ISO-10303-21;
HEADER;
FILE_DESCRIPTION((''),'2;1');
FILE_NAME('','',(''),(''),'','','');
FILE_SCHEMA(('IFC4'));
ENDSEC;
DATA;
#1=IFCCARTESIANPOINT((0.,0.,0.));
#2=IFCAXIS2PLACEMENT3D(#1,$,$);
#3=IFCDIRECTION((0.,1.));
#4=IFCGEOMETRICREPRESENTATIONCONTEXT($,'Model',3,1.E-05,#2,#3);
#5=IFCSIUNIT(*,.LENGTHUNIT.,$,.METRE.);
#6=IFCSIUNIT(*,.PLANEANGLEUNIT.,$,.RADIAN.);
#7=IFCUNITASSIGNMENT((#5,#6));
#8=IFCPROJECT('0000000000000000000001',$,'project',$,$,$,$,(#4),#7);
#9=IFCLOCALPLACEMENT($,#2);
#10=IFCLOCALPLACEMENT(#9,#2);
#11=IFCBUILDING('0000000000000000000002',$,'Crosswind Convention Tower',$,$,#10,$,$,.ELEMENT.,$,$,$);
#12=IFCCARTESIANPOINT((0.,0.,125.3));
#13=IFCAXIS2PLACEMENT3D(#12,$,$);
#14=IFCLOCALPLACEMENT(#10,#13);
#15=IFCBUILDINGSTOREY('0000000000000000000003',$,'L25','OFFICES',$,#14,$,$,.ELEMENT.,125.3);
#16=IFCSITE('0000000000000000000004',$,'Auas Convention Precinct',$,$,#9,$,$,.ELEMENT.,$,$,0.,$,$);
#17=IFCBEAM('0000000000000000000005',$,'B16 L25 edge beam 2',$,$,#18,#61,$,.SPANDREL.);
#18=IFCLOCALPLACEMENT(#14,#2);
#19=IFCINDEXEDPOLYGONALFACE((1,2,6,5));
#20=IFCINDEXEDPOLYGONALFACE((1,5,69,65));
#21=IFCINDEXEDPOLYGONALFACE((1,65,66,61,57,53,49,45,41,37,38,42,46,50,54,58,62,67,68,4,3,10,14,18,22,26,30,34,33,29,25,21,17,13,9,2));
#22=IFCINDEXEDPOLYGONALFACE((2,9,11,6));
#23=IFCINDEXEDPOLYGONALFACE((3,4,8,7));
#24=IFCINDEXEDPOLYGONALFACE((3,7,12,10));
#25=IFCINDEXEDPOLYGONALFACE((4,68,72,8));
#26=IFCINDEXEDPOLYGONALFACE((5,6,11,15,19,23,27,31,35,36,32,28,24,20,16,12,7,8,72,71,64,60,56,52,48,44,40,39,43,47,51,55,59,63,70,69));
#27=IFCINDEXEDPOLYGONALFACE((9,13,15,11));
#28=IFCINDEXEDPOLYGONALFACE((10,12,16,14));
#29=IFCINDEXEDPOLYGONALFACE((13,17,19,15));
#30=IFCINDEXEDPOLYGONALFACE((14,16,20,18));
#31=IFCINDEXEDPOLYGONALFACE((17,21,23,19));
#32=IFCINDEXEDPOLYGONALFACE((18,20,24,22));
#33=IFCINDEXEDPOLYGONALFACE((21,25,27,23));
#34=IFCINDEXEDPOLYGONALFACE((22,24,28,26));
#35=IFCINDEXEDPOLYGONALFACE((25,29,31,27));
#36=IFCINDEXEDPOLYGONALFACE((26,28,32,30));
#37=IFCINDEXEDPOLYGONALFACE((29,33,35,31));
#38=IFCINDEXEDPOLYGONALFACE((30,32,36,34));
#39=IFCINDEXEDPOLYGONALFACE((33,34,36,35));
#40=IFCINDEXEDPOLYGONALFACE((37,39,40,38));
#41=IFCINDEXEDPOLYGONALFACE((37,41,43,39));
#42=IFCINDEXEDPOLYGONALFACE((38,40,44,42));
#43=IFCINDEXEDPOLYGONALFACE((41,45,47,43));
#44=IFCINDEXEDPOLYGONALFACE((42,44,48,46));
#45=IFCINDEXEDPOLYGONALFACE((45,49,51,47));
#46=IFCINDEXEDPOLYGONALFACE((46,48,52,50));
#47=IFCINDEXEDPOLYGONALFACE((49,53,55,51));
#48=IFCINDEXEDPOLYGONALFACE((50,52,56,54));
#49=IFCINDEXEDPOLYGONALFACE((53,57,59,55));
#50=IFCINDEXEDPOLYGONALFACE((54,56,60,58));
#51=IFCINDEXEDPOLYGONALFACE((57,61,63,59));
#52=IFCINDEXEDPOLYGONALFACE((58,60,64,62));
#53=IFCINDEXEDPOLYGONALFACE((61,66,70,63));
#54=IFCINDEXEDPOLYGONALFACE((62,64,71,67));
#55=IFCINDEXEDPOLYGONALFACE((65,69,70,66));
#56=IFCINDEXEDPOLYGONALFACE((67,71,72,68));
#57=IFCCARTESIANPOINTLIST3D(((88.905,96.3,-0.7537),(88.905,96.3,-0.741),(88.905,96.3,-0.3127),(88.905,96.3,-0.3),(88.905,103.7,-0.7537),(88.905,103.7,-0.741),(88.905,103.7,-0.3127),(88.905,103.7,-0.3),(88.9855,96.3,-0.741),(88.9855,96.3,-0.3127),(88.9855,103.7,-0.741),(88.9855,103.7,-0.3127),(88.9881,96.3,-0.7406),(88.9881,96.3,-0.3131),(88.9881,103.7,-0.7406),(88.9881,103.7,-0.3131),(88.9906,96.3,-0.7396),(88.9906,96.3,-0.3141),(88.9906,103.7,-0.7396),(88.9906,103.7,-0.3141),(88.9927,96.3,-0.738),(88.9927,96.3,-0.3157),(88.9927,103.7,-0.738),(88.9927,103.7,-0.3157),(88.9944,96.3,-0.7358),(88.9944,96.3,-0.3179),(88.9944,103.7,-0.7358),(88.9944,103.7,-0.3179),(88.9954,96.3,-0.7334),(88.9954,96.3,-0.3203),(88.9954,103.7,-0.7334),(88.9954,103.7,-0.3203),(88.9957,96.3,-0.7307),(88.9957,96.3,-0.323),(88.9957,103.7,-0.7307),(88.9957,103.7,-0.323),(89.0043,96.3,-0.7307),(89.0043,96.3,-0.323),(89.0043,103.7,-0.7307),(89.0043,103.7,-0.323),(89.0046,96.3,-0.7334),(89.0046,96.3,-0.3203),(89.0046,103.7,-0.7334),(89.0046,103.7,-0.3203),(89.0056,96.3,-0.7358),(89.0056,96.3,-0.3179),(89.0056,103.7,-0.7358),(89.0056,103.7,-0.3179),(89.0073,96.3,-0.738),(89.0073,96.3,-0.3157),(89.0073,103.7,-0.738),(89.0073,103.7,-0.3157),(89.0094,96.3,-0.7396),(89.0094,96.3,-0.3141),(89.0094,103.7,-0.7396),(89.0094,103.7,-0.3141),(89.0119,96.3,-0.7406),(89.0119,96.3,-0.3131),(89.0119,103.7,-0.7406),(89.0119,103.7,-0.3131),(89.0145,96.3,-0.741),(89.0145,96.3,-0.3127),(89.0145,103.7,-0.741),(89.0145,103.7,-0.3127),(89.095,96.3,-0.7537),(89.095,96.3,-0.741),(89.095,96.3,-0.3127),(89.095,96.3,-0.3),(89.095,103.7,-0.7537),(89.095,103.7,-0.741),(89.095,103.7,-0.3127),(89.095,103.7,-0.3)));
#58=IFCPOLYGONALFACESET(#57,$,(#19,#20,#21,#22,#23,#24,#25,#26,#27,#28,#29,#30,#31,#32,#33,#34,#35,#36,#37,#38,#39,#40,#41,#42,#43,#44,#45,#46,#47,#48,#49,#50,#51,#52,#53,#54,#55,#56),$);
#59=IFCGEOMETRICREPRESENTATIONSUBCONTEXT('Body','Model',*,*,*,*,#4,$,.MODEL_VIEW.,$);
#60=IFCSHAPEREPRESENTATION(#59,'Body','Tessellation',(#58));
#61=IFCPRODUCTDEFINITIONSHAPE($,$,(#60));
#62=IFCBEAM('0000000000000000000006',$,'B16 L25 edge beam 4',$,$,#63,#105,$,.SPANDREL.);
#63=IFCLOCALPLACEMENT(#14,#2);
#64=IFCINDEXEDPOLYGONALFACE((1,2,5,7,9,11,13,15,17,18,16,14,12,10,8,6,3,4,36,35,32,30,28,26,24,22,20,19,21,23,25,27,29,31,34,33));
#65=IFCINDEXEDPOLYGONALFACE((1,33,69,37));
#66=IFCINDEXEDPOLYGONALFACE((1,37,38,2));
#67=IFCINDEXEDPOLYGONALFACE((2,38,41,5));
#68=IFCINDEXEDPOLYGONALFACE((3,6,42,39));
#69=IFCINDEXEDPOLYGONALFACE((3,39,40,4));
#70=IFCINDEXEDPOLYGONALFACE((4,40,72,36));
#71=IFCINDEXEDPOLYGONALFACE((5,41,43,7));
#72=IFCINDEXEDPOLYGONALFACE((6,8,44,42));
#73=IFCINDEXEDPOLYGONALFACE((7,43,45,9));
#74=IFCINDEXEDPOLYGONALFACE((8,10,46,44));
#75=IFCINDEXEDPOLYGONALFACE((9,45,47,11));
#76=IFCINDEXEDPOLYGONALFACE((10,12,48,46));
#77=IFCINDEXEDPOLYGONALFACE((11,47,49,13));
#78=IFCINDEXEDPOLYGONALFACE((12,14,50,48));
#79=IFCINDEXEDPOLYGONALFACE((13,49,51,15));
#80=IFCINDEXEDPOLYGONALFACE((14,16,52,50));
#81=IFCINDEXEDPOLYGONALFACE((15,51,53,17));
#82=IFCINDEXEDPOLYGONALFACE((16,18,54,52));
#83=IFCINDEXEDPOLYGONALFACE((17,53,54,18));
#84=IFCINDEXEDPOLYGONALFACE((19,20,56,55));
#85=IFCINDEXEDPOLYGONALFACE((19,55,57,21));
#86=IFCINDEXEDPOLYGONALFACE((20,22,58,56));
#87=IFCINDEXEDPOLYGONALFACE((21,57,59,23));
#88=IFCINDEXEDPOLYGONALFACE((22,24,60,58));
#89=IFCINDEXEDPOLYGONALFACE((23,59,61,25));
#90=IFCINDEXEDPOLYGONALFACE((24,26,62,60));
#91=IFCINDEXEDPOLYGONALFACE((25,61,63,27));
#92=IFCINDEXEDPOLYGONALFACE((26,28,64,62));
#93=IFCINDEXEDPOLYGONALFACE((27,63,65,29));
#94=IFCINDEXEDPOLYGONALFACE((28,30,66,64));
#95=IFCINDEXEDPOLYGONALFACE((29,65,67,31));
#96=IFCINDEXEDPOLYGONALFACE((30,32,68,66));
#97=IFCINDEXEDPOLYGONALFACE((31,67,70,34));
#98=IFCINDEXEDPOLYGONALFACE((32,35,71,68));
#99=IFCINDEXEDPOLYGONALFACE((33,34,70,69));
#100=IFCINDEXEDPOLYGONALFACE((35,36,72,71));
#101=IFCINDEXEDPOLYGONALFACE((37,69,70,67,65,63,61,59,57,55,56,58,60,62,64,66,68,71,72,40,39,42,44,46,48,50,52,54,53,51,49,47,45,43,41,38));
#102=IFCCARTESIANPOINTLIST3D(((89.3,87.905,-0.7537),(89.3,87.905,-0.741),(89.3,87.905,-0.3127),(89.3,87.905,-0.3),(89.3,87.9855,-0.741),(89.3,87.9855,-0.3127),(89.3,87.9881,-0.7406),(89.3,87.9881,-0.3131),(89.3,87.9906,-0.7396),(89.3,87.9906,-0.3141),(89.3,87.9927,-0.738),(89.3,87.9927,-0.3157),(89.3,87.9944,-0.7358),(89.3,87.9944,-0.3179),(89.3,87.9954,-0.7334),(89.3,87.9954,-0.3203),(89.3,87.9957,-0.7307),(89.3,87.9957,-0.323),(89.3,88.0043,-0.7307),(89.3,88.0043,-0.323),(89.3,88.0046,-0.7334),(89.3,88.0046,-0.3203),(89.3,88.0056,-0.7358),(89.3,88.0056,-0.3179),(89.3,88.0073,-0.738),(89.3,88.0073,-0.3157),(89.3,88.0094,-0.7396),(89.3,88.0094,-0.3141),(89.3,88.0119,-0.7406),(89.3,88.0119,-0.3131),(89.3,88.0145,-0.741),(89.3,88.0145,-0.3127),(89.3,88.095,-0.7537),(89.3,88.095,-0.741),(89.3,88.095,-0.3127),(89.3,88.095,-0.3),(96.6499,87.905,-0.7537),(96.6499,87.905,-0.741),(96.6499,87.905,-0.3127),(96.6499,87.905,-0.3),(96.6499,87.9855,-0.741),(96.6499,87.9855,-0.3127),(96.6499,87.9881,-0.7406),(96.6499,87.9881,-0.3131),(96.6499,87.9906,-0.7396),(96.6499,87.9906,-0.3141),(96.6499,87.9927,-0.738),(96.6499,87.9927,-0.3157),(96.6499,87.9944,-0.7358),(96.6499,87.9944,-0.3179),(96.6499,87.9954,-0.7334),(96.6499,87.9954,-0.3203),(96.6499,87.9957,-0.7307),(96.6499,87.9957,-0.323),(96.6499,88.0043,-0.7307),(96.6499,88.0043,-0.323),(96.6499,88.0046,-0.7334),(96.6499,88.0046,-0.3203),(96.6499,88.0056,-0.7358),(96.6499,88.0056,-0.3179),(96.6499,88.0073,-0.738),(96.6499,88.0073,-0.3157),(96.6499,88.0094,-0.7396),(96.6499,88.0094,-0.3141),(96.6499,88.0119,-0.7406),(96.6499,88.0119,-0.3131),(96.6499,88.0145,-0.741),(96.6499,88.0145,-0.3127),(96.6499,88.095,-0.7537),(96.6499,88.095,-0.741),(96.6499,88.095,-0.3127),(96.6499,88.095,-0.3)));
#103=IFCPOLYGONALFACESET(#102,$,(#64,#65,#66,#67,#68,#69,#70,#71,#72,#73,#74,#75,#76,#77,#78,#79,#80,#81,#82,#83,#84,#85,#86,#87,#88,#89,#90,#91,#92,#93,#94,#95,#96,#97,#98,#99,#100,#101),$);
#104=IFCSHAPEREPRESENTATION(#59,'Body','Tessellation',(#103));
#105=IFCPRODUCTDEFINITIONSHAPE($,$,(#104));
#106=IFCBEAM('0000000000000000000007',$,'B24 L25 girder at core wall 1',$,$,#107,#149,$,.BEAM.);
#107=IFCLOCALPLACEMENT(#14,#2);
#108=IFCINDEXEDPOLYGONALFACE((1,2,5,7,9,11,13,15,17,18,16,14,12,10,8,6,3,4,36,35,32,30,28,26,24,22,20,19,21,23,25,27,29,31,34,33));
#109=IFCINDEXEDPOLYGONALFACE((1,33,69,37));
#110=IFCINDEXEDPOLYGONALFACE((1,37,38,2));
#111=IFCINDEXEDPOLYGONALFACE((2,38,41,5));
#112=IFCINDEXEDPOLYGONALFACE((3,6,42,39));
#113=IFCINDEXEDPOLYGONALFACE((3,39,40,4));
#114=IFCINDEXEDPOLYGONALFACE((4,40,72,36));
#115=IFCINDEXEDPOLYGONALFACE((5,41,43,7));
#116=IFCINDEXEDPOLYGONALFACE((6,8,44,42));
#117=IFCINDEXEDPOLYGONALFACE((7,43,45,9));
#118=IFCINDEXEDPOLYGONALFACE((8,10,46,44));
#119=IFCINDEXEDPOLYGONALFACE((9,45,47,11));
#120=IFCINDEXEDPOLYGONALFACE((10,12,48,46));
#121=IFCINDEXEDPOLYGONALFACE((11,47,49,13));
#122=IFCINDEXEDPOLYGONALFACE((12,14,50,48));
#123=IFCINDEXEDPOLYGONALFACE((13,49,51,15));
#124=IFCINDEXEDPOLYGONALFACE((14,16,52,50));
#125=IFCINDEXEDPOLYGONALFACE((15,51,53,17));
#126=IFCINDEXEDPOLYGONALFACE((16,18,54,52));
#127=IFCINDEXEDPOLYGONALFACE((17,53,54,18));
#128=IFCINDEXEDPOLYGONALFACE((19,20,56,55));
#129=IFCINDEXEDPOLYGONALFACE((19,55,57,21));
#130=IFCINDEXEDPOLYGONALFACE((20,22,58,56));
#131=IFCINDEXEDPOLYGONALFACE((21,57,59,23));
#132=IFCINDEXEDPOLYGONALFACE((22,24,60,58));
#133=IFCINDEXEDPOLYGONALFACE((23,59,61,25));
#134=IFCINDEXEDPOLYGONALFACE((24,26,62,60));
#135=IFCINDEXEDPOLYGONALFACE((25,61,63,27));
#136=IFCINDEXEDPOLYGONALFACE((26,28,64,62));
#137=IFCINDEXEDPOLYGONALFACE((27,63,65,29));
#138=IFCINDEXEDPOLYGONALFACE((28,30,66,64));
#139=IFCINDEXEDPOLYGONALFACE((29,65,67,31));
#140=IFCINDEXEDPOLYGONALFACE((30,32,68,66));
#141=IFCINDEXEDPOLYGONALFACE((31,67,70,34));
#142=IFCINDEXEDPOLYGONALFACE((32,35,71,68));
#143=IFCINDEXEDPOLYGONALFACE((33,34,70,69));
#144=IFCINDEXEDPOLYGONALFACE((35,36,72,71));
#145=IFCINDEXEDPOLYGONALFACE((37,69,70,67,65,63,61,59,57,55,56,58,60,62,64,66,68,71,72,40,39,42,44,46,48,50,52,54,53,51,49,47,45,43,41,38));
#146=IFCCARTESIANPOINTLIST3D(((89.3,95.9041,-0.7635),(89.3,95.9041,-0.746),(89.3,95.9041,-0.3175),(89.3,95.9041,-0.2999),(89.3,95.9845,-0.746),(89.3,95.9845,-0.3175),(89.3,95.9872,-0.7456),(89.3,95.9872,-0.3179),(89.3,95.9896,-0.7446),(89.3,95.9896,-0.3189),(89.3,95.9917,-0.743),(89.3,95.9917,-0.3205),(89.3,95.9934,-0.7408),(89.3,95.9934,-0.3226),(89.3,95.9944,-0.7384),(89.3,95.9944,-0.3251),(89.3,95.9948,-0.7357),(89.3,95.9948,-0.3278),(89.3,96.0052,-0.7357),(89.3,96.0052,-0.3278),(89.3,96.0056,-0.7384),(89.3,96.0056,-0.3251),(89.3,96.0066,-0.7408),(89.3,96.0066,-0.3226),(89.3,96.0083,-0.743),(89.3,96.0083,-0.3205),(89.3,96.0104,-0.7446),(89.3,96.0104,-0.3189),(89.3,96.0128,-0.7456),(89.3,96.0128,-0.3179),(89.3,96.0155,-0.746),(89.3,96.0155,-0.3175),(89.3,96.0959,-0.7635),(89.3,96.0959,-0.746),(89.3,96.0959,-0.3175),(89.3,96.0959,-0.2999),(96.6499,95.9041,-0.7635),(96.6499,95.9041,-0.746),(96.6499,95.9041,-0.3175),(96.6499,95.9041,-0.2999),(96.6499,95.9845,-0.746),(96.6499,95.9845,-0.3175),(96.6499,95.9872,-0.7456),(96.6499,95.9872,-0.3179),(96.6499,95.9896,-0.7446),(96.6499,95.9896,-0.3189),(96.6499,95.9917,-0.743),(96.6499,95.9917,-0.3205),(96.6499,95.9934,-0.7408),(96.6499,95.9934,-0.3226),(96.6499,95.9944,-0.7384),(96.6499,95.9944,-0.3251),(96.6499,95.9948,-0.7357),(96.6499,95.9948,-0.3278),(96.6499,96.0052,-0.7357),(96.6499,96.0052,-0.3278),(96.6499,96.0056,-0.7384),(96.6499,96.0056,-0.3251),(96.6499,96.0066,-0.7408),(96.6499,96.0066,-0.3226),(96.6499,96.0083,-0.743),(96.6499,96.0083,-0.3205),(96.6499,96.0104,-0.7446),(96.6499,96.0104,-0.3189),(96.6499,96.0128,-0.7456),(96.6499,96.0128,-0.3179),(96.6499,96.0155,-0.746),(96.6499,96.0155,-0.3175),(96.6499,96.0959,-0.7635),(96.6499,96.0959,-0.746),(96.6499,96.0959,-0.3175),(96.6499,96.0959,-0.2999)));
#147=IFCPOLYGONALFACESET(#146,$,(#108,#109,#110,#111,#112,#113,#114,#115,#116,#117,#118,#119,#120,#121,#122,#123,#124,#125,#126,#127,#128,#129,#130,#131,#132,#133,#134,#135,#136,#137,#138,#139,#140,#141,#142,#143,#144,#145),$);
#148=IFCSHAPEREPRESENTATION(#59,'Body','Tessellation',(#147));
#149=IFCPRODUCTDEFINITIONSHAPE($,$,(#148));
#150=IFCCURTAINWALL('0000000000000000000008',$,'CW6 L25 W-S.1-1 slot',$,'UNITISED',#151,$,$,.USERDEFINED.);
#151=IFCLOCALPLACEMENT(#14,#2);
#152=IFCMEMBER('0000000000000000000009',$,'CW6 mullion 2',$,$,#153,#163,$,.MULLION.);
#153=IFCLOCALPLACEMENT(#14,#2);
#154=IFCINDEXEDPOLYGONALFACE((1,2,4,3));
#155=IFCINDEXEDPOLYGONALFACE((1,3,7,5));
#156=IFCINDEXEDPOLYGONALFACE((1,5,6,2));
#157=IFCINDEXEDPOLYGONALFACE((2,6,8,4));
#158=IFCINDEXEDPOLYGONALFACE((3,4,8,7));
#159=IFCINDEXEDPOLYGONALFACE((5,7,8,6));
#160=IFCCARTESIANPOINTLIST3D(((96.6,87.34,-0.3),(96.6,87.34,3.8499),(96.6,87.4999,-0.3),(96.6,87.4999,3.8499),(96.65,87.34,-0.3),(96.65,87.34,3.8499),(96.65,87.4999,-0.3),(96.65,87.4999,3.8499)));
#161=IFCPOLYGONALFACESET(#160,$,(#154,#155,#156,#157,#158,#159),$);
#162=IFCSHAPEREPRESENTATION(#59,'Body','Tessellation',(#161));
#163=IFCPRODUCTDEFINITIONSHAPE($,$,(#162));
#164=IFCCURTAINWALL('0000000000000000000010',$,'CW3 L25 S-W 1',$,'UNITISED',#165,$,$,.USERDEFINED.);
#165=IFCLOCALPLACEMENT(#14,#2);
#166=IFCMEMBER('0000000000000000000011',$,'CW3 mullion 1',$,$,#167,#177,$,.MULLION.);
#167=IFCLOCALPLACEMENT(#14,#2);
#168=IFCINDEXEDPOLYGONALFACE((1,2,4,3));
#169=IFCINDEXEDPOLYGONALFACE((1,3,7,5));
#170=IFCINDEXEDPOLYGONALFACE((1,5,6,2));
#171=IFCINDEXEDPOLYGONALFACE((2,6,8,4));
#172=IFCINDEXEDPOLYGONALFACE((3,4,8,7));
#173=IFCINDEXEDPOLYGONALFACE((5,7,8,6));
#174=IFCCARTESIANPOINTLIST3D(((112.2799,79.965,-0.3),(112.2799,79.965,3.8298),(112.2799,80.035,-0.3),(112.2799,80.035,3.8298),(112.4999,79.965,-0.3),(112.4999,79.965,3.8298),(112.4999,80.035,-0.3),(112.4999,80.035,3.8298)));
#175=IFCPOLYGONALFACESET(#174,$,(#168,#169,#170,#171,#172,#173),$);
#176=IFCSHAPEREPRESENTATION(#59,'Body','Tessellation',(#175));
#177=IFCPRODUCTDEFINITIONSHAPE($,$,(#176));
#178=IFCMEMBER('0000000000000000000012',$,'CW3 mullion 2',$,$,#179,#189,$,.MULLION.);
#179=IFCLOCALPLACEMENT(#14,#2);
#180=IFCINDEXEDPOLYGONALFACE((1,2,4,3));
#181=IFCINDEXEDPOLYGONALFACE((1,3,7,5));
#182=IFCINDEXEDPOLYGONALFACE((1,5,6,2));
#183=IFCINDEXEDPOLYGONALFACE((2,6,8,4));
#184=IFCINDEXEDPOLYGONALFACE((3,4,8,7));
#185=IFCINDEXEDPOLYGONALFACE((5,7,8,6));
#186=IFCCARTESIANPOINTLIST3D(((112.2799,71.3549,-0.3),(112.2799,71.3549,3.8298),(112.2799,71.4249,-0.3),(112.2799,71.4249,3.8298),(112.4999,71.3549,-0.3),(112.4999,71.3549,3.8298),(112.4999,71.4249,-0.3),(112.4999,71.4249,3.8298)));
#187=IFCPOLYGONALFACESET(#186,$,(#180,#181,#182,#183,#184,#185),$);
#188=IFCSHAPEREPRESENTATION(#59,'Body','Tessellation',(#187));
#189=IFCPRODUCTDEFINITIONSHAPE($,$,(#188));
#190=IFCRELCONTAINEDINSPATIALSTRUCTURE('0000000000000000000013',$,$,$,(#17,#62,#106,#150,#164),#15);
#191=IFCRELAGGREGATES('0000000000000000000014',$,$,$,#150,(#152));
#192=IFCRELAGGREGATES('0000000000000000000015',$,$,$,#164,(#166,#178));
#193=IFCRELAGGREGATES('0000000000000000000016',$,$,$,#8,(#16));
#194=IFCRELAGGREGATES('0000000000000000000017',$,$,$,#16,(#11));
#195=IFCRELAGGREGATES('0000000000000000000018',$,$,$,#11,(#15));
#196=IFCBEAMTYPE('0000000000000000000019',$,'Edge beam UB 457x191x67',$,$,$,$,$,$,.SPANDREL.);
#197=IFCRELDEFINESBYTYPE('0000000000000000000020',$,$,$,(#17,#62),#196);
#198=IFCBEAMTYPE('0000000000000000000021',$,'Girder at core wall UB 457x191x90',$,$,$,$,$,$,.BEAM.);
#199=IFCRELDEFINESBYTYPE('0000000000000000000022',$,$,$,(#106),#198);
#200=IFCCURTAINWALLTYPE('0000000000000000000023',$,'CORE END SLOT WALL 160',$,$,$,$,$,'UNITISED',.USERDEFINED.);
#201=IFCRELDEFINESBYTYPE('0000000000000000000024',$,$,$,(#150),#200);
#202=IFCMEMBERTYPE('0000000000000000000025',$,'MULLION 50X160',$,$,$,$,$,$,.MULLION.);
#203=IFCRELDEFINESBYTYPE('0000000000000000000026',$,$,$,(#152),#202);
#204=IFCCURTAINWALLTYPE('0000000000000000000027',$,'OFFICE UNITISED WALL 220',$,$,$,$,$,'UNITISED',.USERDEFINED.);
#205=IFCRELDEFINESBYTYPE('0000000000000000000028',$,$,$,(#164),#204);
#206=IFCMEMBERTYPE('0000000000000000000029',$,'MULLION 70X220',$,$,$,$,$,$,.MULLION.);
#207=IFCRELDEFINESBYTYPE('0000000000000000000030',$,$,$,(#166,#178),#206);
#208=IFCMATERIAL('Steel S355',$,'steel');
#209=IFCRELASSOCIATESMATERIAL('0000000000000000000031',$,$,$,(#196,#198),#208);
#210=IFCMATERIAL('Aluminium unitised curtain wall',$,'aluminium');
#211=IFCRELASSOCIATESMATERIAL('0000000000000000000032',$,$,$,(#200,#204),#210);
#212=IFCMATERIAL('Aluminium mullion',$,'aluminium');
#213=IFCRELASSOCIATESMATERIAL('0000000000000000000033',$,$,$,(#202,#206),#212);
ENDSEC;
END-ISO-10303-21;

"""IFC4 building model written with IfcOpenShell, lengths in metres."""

from ifc_helpers import new_model, si_unit, direction, frame, origin, origin_2d, place, context, subcontext, project, spatial, rectangle, i_section, extrude, material, material_profile, profile_set, type_object, element, aggregate, save


model = new_model("IFC4")

# Units and contexts
model_context = context("Model", 3, precision=1e-05, world=origin(), true_north=direction((0.0, 1.0)))
body_context = subcontext(model_context, "Body", "Model", "MODEL_VIEW")
ifc_project = project(units=[si_unit("LENGTHUNIT", "METRE"), si_unit("PLANEANGLEUNIT", "RADIAN")], contexts=[model_context])

# Site, building, storey
site_placement = place(None, origin())
site = spatial("IfcSite", under=ifc_project, at=site_placement, Name="Auas Convention Precinct", CompositionType="ELEMENT", RefElevation=0.0)
building_placement = place(site_placement, origin())
building = spatial("IfcBuilding", under=site, at=building_placement, Name="Crosswind Convention Tower", CompositionType="ELEMENT")
storey_placement = place(building_placement, frame((0.0, 0.0, 125.3)))
storey = spatial("IfcBuildingStorey", under=building, at=storey_placement, Name="L25", Description="OFFICES", CompositionType="ELEMENT", Elevation=125.3)

# Beams
ifc_material_1 = material(Name="Steel S355", Category="steel")
ifc_material_profile_1 = material_profile(ifc_material_1, i_section(OverallWidth=0.1899, OverallDepth=0.4536, WebThickness=0.0085, FlangeThickness=0.0127, FilletRadius=0.0103, at=origin_2d()), Name="UB 457x191x67")
ifc_profile_set_1 = profile_set([ifc_material_profile_1], Name="Steel S355")
beam_type_1 = type_object("IfcBeamType", Name="Edge beam UB 457x191x67", PredefinedType="SPANDREL", material=ifc_profile_set_1)
beam_1_placement = place(storey_placement, frame((89.0, 96.3, -0.5269), z_axis=(0.0, 1.0, 0.0), x_axis=(-1.0, 0.0, 0.0)))
element("IfcBeam", 1, at=beam_1_placement, inside=storey, type_object=beam_type_1, Name="B16 L25 edge beam 2", PredefinedType="SPANDREL", context=body_context, shape_type="SweptSolid", body=[
    extrude(i_section(OverallWidth=0.1899, OverallDepth=0.4536, WebThickness=0.0085, FlangeThickness=0.0127, FilletRadius=0.0103, at=origin_2d()), origin(), (0.0, 0.0, 1.0), 7.3999),
])
beam_2_placement = place(storey_placement, frame((89.3, 88.0, -0.5269), z_axis=(1.0, 0.0, 0.0), x_axis=(0.0, 1.0, 0.0)))
element("IfcBeam", 2, at=beam_2_placement, inside=storey, type_object=beam_type_1, Name="B16 L25 edge beam 4", PredefinedType="SPANDREL", context=body_context, shape_type="SweptSolid", body=[
    extrude(i_section(OverallWidth=0.1899, OverallDepth=0.4536, WebThickness=0.0085, FlangeThickness=0.0127, FilletRadius=0.0103, at=origin_2d()), origin(), (0.0, 0.0, 1.0), 7.3499),
])
ifc_material_profile_2 = material_profile(ifc_material_1, i_section(OverallWidth=0.1919, OverallDepth=0.4636, WebThickness=0.0105, FlangeThickness=0.0176, FilletRadius=0.0103, at=origin_2d()), Name="UB 457x191x90")
ifc_profile_set_2 = profile_set([ifc_material_profile_2], Name="Steel S355")
beam_type_2 = type_object("IfcBeamType", Name="Girder at core wall UB 457x191x90", PredefinedType="BEAM", material=ifc_profile_set_2)
beam_3_placement = place(storey_placement, frame((89.3, 96.0, -0.5317), z_axis=(1.0, 0.0, 0.0), x_axis=(0.0, 1.0, 0.0)))
element("IfcBeam", 3, at=beam_3_placement, inside=storey, type_object=beam_type_2, Name="B24 L25 girder at core wall 1", PredefinedType="BEAM", context=body_context, shape_type="SweptSolid", body=[
    extrude(i_section(OverallWidth=0.1919, OverallDepth=0.4636, WebThickness=0.0105, FlangeThickness=0.0176, FilletRadius=0.0103, at=origin_2d()), origin(), (0.0, 0.0, 1.0), 7.3499),
])

# Curtain wall, member
ifc_material_2 = material(Name="Aluminium unitised curtain wall", Category="aluminium")
curtain_wall_type_1 = type_object("IfcCurtainWallType", Name="CORE END SLOT WALL 160", ElementType="UNITISED", PredefinedType="USERDEFINED", material=ifc_material_2)
curtain_wall_1_placement = place(storey_placement, origin())
curtain_wall_1 = element("IfcCurtainWall", 4, at=curtain_wall_1_placement, inside=storey, type_object=curtain_wall_type_1, Name="CW6 L25 W-S.1-1 slot", ObjectType="UNITISED", PredefinedType="USERDEFINED")
ifc_material_3 = material(Name="Aluminium mullion", Category="aluminium")
ifc_material_profile_3 = material_profile(ifc_material_3, rectangle(XDim=0.1599, YDim=0.05, at=origin_2d()), Name="AL 160X50")
ifc_profile_set_3 = profile_set([ifc_material_profile_3], Name="Aluminium mullion")
member_type_1 = type_object("IfcMemberType", Name="MULLION 50X160", PredefinedType="MULLION", material=ifc_profile_set_3)
member_1_placement = place(storey_placement, frame((96.625, 87.4199, -0.3), z_axis=(0.0, 0.0, 1.0), x_axis=(0.0, -1.0, 0.0)))
member_1 = element("IfcMember", 5, at=member_1_placement, type_object=member_type_1, Name="CW6 mullion 2", PredefinedType="MULLION", context=body_context, shape_type="SweptSolid", body=[
    extrude(rectangle(XDim=0.1599, YDim=0.05, at=origin_2d()), origin(), (0.0, 0.0, 1.0), 4.1499),
])
aggregate(curtain_wall_1, [member_1])

# Curtain wall, members
curtain_wall_type_2 = type_object("IfcCurtainWallType", Name="OFFICE UNITISED WALL 220", ElementType="UNITISED", PredefinedType="USERDEFINED", material=ifc_material_2)
curtain_wall_2_placement = place(storey_placement, origin())
curtain_wall_2 = element("IfcCurtainWall", 6, at=curtain_wall_2_placement, inside=storey, type_object=curtain_wall_type_2, Name="CW3 L25 S-W 1", ObjectType="UNITISED", PredefinedType="USERDEFINED")
ifc_material_profile_4 = material_profile(ifc_material_3, rectangle(XDim=0.22, YDim=0.0701, at=origin_2d()), Name="AL 220X70")
ifc_profile_set_4 = profile_set([ifc_material_profile_4], Name="Aluminium mullion")
member_type_2 = type_object("IfcMemberType", Name="MULLION 70X220", PredefinedType="MULLION", material=ifc_profile_set_4)
member_2_placement = place(storey_placement, frame((112.3899, 80.0, -0.3), z_axis=(0.0, 0.0, 1.0), x_axis=(-1.0, 0.0, 0.0)))
member_2 = element("IfcMember", 7, at=member_2_placement, type_object=member_type_2, Name="CW3 mullion 1", PredefinedType="MULLION", context=body_context, shape_type="SweptSolid", body=[
    extrude(rectangle(XDim=0.22, YDim=0.0701, at=origin_2d()), origin(), (0.0, 0.0, 1.0), 4.1299),
])
member_3_placement = place(storey_placement, frame((112.3899, 71.3899, -0.3), z_axis=(0.0, 0.0, 1.0), x_axis=(-1.0, 0.0, 0.0)))
member_3 = element("IfcMember", 8, at=member_3_placement, type_object=member_type_2, Name="CW3 mullion 2", PredefinedType="MULLION", context=body_context, shape_type="SweptSolid", body=[
    extrude(rectangle(XDim=0.22, YDim=0.0701, at=origin_2d()), origin(), (0.0, 0.0, 1.0), 4.1299),
])

aggregate(curtain_wall_2, [member_2, member_3])

save(model, "model.ifc")
